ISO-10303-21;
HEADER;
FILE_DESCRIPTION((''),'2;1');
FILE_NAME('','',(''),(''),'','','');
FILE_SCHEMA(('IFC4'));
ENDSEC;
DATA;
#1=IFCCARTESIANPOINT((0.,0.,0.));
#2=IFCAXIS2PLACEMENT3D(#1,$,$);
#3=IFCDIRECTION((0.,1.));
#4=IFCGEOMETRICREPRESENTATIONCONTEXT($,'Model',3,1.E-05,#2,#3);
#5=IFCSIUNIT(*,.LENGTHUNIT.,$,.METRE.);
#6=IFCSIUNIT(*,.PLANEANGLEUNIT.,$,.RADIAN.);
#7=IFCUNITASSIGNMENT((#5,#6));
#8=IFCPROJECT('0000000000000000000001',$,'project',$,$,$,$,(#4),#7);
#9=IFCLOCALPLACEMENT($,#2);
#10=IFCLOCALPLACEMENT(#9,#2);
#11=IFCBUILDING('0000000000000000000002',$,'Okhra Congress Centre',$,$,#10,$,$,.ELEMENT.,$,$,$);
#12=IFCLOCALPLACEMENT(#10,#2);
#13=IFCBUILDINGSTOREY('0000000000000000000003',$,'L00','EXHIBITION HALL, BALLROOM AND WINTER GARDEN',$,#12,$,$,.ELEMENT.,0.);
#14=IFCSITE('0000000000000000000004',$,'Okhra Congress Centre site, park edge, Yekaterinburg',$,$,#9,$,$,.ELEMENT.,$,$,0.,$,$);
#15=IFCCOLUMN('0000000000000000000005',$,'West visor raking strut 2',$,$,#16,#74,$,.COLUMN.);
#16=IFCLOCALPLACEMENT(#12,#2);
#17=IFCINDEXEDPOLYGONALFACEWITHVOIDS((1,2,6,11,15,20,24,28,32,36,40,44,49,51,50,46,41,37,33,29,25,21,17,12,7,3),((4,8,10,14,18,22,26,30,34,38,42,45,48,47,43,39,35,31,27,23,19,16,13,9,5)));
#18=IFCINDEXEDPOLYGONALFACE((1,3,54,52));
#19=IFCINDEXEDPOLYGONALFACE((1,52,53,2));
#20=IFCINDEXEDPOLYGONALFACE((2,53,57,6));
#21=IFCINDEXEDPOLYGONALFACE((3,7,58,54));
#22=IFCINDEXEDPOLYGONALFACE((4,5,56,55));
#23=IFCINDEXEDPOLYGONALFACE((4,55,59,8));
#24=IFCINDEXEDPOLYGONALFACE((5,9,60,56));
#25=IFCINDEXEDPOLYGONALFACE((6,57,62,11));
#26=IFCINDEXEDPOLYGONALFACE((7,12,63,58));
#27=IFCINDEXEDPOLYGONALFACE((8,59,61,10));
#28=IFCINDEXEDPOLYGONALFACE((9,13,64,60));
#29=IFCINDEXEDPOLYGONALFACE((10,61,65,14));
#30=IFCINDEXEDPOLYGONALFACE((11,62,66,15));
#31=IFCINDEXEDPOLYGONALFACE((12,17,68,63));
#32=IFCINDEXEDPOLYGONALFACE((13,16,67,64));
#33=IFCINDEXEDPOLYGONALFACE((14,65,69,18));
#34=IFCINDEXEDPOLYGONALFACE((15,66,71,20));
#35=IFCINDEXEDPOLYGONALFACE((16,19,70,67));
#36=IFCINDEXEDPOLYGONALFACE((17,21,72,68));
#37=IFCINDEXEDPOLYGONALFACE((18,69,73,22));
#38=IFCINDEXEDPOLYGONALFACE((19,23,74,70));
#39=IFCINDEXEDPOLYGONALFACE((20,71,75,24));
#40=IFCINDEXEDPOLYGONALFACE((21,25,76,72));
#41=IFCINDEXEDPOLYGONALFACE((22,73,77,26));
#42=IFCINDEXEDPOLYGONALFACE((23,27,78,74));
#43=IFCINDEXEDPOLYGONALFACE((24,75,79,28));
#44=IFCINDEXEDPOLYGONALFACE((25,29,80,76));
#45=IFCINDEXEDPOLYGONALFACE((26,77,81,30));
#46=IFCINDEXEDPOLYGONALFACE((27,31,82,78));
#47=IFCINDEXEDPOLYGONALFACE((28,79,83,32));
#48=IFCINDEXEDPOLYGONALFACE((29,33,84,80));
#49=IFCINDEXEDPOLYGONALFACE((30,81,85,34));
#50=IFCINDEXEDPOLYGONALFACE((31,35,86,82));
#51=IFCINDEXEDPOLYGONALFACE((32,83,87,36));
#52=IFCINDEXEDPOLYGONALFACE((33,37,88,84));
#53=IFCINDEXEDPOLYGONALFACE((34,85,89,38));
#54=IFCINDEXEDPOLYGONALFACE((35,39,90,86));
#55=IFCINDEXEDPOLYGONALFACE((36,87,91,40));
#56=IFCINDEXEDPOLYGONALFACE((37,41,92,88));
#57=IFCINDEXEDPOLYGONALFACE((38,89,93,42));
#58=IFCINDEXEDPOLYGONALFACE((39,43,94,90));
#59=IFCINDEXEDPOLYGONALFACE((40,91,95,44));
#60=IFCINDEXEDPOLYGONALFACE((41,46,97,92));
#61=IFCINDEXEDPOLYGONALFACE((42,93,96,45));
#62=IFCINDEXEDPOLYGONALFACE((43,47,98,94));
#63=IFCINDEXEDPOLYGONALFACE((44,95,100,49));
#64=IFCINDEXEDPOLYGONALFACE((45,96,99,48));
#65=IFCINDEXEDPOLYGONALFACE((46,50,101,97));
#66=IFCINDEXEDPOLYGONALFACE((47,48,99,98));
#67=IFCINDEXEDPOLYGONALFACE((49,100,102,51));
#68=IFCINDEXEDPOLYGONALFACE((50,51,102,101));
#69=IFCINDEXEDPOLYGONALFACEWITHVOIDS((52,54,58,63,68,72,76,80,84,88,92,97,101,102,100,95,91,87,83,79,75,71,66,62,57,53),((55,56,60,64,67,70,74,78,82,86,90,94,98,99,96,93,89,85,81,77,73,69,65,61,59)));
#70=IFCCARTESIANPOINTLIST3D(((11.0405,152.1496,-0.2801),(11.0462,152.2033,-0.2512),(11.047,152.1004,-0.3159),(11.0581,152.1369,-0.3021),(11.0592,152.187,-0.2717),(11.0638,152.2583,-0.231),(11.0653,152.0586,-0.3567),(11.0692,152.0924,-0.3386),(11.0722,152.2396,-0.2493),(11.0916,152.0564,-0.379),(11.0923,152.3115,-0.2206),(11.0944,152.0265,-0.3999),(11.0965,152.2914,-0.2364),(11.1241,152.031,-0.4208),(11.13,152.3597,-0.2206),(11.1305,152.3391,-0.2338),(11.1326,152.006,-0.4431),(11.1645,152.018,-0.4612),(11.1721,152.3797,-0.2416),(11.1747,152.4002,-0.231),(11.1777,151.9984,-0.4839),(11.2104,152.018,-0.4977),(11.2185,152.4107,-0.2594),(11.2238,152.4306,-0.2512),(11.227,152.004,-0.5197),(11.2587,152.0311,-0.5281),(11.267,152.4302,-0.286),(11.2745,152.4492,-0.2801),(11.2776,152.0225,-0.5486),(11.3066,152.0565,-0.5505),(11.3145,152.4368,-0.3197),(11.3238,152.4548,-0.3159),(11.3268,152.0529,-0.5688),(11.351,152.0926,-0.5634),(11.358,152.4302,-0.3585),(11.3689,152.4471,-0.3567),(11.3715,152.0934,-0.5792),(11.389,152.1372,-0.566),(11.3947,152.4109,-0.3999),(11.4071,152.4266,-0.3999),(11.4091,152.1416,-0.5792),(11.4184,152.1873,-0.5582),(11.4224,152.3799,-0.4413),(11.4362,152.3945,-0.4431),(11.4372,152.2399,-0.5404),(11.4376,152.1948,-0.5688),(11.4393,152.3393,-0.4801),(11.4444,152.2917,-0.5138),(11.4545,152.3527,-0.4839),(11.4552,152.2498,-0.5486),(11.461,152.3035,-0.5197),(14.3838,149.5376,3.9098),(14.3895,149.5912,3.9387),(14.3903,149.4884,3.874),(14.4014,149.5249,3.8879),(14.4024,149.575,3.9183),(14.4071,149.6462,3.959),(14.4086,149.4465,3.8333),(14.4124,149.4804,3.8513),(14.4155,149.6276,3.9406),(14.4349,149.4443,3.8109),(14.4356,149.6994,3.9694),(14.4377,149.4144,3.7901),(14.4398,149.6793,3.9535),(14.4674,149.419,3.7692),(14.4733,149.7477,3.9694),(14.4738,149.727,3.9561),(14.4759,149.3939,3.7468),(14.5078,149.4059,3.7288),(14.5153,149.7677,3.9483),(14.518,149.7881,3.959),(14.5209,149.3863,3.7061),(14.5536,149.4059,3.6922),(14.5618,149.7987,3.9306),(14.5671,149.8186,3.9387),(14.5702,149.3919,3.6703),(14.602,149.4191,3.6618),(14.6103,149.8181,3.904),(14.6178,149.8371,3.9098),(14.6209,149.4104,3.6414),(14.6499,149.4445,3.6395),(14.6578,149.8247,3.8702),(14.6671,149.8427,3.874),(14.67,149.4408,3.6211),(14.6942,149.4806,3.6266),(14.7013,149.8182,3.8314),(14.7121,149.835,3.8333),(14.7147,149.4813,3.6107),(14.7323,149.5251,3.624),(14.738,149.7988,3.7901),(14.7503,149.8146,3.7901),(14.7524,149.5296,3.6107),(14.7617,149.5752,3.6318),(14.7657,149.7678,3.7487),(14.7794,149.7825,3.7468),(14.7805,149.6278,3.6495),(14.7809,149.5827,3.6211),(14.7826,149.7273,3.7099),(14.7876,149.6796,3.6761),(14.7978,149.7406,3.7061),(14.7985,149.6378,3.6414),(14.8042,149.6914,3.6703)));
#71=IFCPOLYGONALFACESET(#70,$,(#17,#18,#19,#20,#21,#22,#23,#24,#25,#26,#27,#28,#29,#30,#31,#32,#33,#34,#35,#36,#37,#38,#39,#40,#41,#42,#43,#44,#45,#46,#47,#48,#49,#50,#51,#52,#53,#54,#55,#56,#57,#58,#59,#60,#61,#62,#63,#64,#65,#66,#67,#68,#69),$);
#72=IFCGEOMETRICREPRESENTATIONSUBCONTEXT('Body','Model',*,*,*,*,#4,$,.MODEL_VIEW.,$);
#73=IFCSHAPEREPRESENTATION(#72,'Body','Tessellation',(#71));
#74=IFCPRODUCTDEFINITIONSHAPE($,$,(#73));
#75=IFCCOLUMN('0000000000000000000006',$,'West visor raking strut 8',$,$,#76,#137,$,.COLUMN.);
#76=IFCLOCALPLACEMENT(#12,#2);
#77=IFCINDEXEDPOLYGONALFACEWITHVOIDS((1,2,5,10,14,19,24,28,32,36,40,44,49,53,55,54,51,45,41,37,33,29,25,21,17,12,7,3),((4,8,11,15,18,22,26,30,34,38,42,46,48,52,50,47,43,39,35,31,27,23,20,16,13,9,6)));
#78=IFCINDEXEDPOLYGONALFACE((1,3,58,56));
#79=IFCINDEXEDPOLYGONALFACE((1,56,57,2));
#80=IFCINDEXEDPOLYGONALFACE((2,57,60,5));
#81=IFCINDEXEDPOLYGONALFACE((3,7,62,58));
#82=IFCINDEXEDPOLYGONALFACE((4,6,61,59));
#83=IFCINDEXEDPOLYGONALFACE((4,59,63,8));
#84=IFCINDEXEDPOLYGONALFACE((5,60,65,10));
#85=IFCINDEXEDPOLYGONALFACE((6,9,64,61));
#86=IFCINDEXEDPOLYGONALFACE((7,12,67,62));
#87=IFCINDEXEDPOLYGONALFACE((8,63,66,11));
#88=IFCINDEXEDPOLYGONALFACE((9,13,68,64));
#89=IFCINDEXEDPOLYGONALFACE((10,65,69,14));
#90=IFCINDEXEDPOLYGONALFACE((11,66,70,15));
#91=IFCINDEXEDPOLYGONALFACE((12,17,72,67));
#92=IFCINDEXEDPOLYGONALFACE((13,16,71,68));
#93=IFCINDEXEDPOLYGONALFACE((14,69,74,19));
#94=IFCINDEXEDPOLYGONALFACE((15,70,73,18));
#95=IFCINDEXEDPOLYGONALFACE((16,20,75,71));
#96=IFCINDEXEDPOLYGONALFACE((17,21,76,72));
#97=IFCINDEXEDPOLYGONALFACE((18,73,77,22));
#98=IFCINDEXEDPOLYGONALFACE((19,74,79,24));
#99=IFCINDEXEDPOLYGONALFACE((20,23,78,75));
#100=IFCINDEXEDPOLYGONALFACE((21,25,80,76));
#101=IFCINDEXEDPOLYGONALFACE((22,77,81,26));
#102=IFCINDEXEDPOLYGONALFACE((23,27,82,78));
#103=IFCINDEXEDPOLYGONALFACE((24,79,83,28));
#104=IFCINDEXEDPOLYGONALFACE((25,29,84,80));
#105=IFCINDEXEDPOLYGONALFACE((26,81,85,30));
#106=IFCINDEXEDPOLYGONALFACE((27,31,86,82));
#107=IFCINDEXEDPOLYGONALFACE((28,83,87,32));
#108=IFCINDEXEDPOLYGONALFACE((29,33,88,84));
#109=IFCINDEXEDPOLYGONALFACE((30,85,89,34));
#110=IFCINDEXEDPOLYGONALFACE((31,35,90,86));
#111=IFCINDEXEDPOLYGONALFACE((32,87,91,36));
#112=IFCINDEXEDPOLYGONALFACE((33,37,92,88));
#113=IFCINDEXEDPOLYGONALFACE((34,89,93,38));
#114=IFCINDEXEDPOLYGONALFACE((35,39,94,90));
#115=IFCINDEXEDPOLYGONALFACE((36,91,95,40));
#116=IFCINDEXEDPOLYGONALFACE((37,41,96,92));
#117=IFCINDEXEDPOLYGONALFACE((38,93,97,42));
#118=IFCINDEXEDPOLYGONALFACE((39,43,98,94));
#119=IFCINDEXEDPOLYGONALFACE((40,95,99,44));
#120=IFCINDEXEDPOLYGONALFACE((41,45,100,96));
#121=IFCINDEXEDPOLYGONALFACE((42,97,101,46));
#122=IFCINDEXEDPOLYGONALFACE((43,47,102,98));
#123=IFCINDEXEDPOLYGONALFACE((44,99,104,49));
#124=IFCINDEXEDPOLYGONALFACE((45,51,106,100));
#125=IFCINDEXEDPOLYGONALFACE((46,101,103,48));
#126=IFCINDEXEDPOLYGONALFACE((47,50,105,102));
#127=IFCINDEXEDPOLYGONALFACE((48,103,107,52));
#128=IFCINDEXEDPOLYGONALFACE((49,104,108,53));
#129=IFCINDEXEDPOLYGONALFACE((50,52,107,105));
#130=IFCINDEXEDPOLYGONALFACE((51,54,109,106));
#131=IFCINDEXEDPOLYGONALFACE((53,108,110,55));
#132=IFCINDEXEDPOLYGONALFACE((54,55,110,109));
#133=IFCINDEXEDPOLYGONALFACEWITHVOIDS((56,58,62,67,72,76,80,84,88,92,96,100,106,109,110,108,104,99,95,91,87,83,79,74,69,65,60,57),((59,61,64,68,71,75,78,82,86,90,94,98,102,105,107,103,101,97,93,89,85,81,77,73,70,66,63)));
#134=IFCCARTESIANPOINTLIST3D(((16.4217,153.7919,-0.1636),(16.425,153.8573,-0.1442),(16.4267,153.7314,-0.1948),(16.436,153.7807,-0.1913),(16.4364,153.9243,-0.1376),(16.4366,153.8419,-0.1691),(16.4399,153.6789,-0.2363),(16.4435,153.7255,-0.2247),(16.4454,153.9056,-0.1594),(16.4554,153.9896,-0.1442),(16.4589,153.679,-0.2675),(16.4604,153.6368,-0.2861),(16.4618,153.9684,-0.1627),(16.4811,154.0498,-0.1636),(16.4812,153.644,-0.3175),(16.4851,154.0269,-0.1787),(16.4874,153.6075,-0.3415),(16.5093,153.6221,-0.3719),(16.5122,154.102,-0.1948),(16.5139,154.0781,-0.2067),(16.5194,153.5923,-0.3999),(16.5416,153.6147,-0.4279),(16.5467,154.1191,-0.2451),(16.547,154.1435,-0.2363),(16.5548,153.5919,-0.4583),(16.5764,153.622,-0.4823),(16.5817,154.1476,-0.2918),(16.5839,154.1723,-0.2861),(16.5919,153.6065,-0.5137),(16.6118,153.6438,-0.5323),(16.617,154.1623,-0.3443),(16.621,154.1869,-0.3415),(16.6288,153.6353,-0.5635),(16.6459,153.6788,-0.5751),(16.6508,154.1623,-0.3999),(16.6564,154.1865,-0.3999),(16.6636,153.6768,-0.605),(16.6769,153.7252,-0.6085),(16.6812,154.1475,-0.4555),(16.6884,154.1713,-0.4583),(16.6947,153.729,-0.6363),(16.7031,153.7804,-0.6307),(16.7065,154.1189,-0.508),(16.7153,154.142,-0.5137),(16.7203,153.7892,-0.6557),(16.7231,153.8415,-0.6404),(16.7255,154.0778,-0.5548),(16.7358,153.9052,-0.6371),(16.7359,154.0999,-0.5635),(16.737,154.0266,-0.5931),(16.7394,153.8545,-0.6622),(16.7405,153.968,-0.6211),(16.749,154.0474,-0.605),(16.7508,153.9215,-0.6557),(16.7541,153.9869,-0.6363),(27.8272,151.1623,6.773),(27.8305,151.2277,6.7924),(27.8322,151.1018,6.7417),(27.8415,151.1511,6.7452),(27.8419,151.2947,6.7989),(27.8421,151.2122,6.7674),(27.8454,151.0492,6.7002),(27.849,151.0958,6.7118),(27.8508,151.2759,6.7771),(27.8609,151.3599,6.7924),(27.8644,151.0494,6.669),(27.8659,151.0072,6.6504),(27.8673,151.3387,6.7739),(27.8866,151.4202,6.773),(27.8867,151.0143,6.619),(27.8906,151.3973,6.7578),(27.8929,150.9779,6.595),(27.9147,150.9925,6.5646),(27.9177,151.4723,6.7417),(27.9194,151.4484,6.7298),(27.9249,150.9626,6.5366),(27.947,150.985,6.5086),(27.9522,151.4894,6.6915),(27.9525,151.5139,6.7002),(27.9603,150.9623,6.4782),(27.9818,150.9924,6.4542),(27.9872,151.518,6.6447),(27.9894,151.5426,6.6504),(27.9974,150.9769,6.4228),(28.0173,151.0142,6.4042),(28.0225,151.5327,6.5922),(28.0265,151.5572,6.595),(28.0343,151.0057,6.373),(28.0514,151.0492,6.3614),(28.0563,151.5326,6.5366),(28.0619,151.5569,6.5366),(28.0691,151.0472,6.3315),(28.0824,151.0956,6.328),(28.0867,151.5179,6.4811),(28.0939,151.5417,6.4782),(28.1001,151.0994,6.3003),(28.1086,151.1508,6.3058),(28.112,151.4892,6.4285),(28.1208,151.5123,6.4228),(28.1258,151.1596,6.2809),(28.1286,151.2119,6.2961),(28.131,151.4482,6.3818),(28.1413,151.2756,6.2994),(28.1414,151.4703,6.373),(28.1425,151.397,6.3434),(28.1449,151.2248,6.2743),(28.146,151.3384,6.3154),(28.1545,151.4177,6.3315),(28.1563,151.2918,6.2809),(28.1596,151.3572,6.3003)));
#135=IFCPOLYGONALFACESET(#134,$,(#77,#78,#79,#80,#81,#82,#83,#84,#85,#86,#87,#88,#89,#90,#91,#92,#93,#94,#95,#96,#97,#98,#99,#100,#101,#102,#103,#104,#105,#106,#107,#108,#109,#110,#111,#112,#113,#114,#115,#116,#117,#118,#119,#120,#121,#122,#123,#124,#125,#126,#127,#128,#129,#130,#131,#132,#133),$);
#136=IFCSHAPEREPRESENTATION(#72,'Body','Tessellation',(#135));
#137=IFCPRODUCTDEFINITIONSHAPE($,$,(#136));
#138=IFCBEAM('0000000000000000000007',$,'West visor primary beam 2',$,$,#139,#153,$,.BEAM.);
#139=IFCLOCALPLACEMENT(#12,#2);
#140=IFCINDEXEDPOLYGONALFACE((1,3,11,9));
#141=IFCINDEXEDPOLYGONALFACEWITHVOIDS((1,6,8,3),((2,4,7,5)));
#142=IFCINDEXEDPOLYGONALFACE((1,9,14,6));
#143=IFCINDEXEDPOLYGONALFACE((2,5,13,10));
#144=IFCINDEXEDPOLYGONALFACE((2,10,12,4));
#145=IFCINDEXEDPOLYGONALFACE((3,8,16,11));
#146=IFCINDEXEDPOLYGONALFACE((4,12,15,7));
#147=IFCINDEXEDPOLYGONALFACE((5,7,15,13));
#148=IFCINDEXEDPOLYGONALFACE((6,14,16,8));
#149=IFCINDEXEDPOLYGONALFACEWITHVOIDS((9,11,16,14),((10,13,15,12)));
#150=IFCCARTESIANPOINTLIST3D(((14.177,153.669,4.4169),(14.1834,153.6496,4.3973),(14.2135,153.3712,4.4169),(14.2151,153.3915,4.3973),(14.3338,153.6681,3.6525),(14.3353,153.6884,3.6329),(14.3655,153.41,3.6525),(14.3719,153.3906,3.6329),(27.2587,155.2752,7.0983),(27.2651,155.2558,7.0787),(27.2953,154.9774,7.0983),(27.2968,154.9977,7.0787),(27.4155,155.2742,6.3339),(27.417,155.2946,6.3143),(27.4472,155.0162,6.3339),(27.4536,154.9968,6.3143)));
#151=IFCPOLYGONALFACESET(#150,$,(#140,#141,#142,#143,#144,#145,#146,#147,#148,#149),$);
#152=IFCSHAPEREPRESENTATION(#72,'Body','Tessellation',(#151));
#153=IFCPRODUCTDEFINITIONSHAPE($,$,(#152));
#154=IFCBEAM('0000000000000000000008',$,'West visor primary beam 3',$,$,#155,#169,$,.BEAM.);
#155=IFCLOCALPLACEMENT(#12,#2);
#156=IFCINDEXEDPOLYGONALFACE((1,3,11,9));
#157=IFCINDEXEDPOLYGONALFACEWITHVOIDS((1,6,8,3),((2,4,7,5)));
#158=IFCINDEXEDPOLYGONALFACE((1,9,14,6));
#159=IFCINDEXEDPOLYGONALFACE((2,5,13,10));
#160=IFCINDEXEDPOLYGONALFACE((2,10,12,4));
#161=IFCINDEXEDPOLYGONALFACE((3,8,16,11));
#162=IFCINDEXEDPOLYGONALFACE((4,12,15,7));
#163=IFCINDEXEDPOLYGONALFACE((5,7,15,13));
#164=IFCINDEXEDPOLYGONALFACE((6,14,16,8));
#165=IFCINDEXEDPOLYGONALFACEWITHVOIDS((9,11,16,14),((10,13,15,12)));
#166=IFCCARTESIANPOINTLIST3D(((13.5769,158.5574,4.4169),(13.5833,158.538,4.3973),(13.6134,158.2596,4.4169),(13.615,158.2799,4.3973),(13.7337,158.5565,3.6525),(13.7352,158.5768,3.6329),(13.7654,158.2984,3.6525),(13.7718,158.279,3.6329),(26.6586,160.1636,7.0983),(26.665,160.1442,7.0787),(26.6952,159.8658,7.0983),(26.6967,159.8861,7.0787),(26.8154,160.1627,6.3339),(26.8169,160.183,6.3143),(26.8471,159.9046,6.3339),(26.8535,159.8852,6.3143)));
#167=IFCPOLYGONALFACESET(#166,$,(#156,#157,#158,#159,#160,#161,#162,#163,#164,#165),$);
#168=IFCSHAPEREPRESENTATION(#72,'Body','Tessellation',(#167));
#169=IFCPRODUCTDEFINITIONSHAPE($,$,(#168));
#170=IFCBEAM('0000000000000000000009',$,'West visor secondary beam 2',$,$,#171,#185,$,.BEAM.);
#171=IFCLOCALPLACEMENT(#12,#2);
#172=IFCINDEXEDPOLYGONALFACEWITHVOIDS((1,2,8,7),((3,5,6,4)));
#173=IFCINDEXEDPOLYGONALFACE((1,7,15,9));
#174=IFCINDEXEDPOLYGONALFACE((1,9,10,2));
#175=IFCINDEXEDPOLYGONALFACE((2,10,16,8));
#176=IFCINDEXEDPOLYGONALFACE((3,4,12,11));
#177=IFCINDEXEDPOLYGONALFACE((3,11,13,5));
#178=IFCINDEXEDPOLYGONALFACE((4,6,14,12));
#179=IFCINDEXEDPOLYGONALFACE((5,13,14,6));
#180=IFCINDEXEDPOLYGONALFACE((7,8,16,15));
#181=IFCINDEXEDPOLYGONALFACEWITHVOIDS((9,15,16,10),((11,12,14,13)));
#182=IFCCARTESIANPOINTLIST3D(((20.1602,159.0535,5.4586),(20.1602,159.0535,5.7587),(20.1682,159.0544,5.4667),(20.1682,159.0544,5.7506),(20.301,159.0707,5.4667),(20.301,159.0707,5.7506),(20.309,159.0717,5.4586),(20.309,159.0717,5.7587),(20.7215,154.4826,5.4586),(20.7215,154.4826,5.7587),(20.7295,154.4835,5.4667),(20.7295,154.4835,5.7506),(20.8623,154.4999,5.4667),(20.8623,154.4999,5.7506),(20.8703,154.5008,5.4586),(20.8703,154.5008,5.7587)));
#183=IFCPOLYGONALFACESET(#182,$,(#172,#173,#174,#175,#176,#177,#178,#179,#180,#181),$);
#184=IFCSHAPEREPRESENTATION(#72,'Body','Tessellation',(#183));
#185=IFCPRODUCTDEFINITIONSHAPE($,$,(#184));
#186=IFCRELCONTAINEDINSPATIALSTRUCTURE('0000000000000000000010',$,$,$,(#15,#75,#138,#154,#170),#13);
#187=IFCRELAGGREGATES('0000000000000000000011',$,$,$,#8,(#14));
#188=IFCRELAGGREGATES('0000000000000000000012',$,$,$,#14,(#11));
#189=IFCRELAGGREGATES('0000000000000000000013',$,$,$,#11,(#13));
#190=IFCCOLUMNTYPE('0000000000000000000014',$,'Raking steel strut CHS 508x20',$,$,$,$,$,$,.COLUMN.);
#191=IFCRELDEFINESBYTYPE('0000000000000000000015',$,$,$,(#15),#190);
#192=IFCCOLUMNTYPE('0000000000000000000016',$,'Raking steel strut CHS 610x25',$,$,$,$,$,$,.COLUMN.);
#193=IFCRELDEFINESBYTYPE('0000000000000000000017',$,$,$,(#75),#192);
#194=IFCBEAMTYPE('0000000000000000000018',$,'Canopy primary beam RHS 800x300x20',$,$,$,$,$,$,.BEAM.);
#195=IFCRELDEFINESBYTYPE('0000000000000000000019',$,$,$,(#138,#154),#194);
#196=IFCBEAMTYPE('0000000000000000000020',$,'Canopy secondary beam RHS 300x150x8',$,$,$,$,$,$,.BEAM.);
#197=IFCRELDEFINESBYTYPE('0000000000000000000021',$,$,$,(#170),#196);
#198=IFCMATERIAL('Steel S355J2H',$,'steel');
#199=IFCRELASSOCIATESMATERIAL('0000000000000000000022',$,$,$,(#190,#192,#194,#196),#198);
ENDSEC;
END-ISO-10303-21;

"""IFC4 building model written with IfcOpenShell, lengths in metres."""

from ifc_helpers import new_model, si_unit, direction, frame, origin, origin_2d, place, context, subcontext, project, spatial, hollow_rectangle, hollow_circle, extrude, material, material_profile, profile_set, type_object, element, save


model = new_model("IFC4")

# Units and contexts
model_context = context("Model", 3, precision=1e-05, world=origin(), true_north=direction((0.0, 1.0)))
body_context = subcontext(model_context, "Body", "Model", "MODEL_VIEW")
ifc_project = project(units=[si_unit("LENGTHUNIT", "METRE"), si_unit("PLANEANGLEUNIT", "RADIAN")], contexts=[model_context])

# Site, building, storey
site_placement = place(None, origin())
site = spatial("IfcSite", under=ifc_project, at=site_placement, Name="Okhra Congress Centre site, park edge, Yekaterinburg", CompositionType="ELEMENT", RefElevation=0.0)
building_placement = place(site_placement, origin())
building = spatial("IfcBuilding", under=site, at=building_placement, Name="Okhra Congress Centre", CompositionType="ELEMENT")
storey_placement = place(building_placement, origin())
storey = spatial("IfcBuildingStorey", under=building, at=storey_placement, Name="L00", Description="EXHIBITION HALL, BALLROOM AND WINTER GARDEN", CompositionType="ELEMENT", Elevation=0.0)

# Columns
ifc_material_1 = material(Name="Steel S355J2H", Category="steel")
ifc_material_profile_1 = material_profile(ifc_material_1, hollow_circle(Radius=0.2539, WallThickness=0.02, at=origin_2d()), Name="CHS 508x20")
ifc_profile_set_1 = profile_set([ifc_material_profile_1], Name="Steel S355J2H")
column_type_1 = type_object("IfcColumnType", Name="Raking steel strut CHS 508x20", PredefinedType="COLUMN", material=ifc_profile_set_1)
column_1_placement = place(storey_placement, frame((11.2507, 152.2266, -0.3999), z_axis=(0.56068, -0.438054, 0.702671), x_axis=(0.615664, 0.788009, 0.0)))
element("IfcColumn", 1, at=column_1_placement, inside=storey, type_object=column_type_1, Name="West visor raking strut 2", PredefinedType="COLUMN", context=body_context, shape_type="SweptSolid", body=[
    extrude(hollow_circle(Radius=0.2539, WallThickness=0.02, at=origin_2d()), origin(), (0.0, 0.0, 1.0), 5.9629),
])
ifc_material_profile_2 = material_profile(ifc_material_1, hollow_circle(Radius=0.3049, WallThickness=0.0249, at=origin_2d()), Name="CHS 610x25")
ifc_profile_set_2 = profile_set([ifc_material_profile_2], Name="Steel S355J2H")
column_type_2 = type_object("IfcColumnType", Name="Raking steel strut CHS 610x25", PredefinedType="COLUMN", material=ifc_profile_set_2)
column_2_placement = place(storey_placement, frame((16.5879, 153.8894, -0.3999), z_axis=(0.838287, -0.193274, 0.509823), x_axis=(0.224665, 0.974436, 0.0)))
element("IfcColumn", 2, at=column_2_placement, inside=storey, type_object=column_type_2, Name="West visor raking strut 8", PredefinedType="COLUMN", context=body_context, shape_type="SweptSolid", body=[
    extrude(hollow_circle(Radius=0.3049, WallThickness=0.0249, at=origin_2d()), origin(), (0.0, 0.0, 1.0), 13.6057),
])

# Beams
ifc_material_profile_3 = material_profile(ifc_material_1, hollow_rectangle(XDim=0.3, YDim=0.8, WallThickness=0.02, at=origin_2d()), Name="RHS 800x300x20")
ifc_profile_set_3 = profile_set([ifc_material_profile_3], Name="Steel S355J2H")
beam_type_1 = type_object("IfcBeamType", Name="Canopy primary beam RHS 800x300x20", PredefinedType="BEAM", material=ifc_profile_set_3)
for number, where, z_axis, x_axis, name in (
    (3, (14.2744, 153.5298, 4.0249), (0.972622, 0.11942, 0.19936), (-0.121866, 0.992547, 0.0), "West visor primary beam 2"),
    (4, (13.6743, 158.4182, 4.0249), (0.972622, 0.11942, 0.19936), (-0.121866, 0.992547, 0.0), "West visor primary beam 3"),
):
    element("IfcBeam", number, at=place(storey_placement, frame(where, z_axis=z_axis, x_axis=x_axis)), inside=storey, type_object=beam_type_1, Name=name, PredefinedType="BEAM", context=body_context, shape_type="SweptSolid", body=[
        extrude(hollow_rectangle(XDim=0.3, YDim=0.8, WallThickness=0.02, at=origin_2d()), origin(), (0.0, 0.0, 1.0), 13.45),
    ])
ifc_material_profile_4 = material_profile(ifc_material_1, hollow_rectangle(XDim=0.1499, YDim=0.3, WallThickness=0.0081, at=origin_2d()), Name="RHS 300x150x8")
ifc_profile_set_4 = profile_set([ifc_material_profile_4], Name="Steel S355J2H")
beam_type_2 = type_object("IfcBeamType", Name="Canopy secondary beam RHS 300x150x8", PredefinedType="BEAM", material=ifc_profile_set_4)
beam_1_placement = place(storey_placement, frame((20.7959, 154.4917, 5.6086), z_axis=(-0.121881, 0.992545, 0.0), x_axis=(-0.992545, -0.121881, 0.0)))
element("IfcBeam", 5, at=beam_1_placement, inside=storey, type_object=beam_type_2, Name="West visor secondary beam 2", PredefinedType="BEAM", context=body_context, shape_type="SweptSolid", body=[
    extrude(hollow_rectangle(XDim=0.1499, YDim=0.3, WallThickness=0.0081, at=origin_2d()), origin(), (0.0, 0.0, 1.0), 4.6052),
])

save(model, "model.ifc")
